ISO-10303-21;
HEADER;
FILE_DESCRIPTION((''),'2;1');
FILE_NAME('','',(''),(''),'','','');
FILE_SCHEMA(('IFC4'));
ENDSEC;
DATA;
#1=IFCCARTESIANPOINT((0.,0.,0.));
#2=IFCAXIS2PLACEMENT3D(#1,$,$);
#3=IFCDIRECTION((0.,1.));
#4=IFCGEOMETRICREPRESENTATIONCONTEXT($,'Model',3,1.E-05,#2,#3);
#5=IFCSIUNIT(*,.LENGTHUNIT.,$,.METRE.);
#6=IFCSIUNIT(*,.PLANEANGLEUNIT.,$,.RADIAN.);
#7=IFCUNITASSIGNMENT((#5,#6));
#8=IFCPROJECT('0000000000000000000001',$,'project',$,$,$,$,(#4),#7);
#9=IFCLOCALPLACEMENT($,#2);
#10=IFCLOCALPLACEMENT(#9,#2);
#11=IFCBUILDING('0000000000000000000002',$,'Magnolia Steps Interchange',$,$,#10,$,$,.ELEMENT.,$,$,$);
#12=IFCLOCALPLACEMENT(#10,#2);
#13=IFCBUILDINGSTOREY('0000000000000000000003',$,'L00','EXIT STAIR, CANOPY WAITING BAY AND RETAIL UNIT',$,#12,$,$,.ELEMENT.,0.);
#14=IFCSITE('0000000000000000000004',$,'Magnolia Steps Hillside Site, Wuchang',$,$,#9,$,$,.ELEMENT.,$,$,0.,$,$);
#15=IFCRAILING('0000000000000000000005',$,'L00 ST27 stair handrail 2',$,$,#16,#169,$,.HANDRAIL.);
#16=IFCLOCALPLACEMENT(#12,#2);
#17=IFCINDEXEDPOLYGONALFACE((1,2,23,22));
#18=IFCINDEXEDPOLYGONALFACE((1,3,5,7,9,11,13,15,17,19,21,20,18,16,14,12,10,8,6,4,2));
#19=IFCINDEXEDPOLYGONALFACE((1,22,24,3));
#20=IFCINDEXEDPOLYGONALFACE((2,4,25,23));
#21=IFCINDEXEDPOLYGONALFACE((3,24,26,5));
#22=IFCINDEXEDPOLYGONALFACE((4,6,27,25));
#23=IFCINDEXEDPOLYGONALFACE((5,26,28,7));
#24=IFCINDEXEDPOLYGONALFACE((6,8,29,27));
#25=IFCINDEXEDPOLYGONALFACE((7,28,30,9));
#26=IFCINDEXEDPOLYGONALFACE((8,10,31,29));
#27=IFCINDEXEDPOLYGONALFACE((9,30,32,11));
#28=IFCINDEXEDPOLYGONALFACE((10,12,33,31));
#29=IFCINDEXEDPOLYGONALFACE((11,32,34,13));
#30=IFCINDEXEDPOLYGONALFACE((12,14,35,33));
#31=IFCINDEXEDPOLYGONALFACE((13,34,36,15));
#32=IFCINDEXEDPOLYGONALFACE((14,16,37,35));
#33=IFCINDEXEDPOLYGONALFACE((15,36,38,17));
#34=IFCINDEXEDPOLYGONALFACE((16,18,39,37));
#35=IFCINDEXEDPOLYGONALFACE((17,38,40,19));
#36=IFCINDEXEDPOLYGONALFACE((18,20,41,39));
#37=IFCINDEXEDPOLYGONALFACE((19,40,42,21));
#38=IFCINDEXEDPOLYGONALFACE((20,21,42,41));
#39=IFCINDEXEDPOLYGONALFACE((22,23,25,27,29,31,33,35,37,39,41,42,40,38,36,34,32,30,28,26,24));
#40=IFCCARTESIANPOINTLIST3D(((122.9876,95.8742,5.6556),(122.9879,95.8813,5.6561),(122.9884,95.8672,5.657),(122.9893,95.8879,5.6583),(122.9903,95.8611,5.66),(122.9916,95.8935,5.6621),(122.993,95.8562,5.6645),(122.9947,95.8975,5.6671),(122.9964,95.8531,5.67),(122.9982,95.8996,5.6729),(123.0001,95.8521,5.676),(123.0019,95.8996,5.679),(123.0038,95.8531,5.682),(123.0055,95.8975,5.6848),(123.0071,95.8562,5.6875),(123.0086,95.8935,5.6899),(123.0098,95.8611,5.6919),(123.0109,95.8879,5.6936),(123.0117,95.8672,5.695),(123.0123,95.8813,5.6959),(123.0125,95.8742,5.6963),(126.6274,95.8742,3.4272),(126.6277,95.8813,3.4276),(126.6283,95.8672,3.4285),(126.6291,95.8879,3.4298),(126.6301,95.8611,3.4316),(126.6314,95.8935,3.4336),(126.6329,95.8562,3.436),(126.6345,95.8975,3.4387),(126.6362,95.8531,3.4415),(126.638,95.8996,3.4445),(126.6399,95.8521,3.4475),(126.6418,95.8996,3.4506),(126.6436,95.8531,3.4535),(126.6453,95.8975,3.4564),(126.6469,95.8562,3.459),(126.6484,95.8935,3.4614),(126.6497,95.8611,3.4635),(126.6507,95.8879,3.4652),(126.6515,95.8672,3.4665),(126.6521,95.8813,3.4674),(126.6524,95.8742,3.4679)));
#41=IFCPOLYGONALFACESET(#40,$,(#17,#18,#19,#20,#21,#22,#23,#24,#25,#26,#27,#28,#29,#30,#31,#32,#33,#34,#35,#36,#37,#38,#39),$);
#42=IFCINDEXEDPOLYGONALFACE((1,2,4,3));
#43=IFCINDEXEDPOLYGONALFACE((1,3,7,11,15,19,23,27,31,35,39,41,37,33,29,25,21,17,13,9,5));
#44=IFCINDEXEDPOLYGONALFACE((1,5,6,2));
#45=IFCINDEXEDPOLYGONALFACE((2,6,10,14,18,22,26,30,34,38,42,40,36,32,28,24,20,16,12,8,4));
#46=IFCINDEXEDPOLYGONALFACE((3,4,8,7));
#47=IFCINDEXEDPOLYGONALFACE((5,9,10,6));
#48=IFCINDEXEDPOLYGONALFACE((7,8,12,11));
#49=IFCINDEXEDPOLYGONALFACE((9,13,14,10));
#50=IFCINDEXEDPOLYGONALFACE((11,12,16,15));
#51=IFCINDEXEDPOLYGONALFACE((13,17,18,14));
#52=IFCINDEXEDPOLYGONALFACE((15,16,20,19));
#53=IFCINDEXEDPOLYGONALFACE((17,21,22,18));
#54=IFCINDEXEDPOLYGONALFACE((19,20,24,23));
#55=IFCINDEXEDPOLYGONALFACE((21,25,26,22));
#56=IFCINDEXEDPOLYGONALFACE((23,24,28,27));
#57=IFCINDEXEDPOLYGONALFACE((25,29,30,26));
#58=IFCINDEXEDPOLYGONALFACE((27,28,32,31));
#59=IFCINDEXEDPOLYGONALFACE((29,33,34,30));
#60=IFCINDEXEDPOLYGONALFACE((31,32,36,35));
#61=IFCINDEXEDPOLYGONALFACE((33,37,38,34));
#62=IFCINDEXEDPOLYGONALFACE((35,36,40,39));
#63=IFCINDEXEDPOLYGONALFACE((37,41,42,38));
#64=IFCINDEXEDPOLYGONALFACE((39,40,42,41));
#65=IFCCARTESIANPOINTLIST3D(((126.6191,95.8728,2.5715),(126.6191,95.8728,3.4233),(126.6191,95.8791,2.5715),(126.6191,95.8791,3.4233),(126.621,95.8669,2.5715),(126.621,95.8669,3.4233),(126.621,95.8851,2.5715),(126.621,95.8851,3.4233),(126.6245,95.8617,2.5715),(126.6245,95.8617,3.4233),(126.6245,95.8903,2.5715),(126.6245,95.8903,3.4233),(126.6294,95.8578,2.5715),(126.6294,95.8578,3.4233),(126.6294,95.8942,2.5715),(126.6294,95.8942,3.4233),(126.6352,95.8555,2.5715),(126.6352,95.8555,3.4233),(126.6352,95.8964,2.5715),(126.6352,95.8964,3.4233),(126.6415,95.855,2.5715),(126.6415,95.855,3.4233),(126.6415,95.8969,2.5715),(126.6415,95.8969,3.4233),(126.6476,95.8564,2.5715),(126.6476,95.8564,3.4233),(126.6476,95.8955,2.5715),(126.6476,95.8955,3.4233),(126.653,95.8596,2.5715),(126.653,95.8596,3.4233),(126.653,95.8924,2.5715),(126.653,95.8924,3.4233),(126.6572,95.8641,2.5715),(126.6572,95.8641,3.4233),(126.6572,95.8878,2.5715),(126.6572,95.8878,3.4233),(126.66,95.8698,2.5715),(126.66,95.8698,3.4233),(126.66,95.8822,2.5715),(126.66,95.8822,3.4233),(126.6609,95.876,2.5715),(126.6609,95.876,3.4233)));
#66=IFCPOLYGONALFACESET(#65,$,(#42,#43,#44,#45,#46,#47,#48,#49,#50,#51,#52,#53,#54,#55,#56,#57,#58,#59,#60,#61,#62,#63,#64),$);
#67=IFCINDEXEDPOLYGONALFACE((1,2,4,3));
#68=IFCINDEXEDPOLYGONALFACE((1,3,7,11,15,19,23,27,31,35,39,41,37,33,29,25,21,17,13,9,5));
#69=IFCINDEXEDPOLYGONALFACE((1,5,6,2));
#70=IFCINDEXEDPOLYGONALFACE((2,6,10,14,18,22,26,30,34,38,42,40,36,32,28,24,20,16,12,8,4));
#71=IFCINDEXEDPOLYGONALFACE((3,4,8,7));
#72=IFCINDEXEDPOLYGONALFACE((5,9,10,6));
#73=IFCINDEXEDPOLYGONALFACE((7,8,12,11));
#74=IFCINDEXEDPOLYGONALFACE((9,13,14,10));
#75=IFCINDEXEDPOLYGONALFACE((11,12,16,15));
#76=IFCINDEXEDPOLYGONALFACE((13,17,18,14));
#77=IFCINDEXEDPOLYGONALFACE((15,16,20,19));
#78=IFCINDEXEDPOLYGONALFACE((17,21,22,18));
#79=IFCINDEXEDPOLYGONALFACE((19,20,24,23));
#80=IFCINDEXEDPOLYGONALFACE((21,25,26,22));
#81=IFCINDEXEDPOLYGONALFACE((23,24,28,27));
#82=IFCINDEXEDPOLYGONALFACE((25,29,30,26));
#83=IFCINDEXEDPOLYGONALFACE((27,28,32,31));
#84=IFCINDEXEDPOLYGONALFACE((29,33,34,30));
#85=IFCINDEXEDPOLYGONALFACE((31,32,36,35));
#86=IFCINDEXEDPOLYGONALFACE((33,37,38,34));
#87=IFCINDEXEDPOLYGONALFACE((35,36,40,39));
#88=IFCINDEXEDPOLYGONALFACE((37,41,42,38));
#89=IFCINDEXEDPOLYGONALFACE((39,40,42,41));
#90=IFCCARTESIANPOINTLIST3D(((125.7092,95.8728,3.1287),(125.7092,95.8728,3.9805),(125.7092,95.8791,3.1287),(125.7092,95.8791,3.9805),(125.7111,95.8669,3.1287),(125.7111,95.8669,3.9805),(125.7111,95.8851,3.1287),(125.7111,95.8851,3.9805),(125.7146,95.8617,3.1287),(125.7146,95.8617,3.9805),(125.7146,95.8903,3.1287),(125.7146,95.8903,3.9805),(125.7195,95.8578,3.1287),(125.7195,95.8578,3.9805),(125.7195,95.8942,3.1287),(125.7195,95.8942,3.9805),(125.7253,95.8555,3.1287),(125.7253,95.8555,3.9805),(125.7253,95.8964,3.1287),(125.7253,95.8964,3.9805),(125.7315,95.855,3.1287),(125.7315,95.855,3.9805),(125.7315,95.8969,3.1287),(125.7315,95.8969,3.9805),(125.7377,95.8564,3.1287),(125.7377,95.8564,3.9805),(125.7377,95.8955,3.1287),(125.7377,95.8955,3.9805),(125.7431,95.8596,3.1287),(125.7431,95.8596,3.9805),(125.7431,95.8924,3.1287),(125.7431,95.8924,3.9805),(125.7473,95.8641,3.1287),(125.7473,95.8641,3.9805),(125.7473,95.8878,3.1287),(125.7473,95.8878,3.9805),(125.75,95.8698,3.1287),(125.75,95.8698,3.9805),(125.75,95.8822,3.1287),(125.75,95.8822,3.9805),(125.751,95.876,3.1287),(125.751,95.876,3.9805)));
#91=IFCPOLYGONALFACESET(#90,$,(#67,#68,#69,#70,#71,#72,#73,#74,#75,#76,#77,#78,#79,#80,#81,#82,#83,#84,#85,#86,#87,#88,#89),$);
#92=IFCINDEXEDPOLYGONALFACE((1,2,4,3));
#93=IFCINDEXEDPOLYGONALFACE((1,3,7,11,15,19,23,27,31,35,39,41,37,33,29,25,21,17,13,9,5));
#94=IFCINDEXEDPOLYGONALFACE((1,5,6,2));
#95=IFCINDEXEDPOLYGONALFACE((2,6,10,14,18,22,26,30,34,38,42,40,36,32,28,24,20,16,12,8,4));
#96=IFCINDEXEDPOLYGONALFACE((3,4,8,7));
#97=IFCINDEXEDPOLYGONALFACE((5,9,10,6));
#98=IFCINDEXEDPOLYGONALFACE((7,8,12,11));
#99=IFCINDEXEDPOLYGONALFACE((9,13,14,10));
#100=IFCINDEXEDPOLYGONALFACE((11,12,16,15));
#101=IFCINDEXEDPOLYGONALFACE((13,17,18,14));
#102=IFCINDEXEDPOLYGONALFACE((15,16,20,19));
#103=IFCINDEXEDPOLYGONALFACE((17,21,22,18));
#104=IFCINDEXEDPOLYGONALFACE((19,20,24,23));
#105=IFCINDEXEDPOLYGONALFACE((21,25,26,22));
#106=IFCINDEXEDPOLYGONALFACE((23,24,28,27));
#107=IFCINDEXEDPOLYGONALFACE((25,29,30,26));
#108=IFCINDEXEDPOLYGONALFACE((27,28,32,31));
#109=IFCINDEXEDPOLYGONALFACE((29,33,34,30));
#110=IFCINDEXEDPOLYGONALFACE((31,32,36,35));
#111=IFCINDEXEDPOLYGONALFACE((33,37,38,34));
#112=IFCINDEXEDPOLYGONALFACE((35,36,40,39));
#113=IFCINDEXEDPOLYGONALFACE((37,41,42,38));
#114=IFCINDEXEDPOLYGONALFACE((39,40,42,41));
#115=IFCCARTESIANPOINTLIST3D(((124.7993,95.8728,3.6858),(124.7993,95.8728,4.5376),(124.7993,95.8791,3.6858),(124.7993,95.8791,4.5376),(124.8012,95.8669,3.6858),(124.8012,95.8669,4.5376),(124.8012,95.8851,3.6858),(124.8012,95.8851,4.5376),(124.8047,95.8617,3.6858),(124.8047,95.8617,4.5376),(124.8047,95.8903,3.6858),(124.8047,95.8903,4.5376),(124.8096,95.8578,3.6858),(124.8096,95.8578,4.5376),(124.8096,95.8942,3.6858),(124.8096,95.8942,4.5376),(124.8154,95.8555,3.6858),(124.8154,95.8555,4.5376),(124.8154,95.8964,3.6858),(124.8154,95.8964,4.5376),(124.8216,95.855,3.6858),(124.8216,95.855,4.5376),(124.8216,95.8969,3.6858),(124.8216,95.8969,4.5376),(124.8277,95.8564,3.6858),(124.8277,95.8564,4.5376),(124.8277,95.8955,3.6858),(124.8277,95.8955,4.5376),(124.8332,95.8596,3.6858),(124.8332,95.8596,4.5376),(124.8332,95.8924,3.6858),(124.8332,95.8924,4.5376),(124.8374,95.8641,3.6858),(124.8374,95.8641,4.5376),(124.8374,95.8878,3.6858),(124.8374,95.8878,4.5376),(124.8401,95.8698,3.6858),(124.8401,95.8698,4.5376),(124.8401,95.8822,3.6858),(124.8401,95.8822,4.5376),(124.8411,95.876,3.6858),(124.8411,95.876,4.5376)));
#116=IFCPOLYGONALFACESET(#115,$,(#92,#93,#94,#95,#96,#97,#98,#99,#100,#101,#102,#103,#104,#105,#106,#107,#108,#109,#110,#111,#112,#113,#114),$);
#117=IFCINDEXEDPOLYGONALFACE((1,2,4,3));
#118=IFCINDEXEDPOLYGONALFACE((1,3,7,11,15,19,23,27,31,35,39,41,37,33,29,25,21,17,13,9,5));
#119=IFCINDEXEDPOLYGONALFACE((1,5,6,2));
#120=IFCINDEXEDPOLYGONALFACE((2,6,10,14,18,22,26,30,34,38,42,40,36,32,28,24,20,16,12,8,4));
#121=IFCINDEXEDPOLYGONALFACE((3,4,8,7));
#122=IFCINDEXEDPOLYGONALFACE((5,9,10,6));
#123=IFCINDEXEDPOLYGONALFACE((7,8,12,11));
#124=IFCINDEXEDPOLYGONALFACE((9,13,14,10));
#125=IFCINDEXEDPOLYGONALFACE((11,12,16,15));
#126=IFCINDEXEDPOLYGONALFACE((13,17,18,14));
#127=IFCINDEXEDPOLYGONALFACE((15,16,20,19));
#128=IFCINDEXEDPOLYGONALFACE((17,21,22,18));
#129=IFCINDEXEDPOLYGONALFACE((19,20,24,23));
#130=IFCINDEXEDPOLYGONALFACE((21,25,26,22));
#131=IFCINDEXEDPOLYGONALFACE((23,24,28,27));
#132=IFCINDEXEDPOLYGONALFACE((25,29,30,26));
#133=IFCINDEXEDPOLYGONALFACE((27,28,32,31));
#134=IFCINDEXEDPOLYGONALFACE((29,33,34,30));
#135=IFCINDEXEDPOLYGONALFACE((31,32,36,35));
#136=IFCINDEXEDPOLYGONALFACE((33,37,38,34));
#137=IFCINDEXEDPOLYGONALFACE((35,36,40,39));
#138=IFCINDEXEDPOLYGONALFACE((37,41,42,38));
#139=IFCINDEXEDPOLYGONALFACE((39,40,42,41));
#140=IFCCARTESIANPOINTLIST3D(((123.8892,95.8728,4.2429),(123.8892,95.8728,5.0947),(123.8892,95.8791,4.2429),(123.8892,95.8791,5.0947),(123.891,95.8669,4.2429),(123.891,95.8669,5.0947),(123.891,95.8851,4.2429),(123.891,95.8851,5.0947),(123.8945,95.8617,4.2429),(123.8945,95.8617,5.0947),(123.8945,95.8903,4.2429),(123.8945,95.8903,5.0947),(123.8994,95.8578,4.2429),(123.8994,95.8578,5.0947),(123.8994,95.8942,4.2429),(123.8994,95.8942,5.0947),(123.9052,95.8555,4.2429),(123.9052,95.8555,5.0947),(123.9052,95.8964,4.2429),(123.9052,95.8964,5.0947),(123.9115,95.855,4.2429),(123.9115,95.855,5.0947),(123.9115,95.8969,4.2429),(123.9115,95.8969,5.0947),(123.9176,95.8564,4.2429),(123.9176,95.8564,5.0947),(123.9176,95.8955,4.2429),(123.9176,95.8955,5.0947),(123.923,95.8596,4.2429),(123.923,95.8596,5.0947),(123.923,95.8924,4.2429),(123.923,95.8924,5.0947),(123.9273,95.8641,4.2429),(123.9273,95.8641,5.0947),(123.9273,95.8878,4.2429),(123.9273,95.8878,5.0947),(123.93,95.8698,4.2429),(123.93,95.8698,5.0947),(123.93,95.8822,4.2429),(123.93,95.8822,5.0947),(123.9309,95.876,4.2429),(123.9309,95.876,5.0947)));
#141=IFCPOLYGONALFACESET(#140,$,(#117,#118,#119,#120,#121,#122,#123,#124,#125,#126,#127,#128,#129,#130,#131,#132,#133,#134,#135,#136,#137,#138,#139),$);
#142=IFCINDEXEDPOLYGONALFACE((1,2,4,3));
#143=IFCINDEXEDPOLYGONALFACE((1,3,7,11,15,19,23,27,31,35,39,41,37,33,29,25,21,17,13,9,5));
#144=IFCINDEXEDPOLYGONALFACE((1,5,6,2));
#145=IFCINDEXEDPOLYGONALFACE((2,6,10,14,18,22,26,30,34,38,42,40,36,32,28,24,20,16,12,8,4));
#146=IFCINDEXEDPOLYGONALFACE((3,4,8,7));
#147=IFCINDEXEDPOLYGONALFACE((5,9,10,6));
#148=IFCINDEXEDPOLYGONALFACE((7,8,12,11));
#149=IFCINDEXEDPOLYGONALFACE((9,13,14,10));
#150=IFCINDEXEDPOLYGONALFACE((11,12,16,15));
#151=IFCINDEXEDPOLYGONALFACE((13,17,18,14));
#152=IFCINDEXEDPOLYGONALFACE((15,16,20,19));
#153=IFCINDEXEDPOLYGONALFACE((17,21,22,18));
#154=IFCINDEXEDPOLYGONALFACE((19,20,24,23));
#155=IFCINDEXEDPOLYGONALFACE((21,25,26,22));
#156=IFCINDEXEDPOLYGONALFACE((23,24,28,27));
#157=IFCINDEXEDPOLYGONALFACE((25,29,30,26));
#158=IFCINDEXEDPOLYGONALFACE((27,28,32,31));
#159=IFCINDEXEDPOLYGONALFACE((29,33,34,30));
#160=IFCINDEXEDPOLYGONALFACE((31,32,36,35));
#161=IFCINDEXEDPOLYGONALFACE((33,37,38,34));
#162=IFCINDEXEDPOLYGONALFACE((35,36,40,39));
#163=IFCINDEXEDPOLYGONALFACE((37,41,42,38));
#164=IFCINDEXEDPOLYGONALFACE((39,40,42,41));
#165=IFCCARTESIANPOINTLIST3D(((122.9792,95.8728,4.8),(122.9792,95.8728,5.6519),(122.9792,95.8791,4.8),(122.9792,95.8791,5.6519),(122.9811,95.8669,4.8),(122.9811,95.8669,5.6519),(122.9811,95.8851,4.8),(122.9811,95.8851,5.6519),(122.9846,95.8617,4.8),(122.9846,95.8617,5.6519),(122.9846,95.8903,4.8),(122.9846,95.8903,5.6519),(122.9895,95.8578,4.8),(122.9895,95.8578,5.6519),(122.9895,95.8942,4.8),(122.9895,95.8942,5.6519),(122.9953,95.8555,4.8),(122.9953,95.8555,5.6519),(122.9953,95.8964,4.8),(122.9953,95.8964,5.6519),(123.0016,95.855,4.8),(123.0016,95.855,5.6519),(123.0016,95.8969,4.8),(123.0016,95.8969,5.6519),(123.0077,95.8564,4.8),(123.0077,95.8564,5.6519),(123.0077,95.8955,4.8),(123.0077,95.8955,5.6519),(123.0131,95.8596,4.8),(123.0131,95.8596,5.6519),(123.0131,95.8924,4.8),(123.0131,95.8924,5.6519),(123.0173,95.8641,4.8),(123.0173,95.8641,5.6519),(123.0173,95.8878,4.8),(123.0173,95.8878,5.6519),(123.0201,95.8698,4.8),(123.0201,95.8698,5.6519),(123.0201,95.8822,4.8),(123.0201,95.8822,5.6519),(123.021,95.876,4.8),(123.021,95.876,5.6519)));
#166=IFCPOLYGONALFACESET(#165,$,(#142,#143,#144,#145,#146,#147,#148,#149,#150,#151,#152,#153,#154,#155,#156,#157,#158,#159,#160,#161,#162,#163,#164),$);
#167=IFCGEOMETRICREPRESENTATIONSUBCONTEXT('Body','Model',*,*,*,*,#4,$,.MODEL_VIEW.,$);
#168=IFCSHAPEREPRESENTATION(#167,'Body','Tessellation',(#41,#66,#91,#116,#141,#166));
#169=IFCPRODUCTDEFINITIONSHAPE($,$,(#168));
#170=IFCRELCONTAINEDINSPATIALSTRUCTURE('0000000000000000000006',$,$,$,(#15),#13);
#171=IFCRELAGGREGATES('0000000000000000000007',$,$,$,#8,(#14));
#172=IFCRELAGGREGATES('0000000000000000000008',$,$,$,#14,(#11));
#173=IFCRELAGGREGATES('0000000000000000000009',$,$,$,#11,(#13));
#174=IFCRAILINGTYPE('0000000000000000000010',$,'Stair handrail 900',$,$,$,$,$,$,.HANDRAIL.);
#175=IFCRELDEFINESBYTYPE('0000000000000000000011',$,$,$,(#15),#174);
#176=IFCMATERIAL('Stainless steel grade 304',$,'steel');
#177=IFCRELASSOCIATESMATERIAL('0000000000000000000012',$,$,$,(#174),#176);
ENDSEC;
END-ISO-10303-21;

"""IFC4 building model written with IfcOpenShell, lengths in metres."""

from ifc_helpers import new_model, si_unit, direction, frame, origin, origin_2d, place, context, subcontext, project, spatial, circle, extrude, material, type_object, element, save


model = new_model("IFC4")

# Units and contexts
model_context = context("Model", 3, precision=1e-05, world=origin(), true_north=direction((0.0, 1.0)))
body_context = subcontext(model_context, "Body", "Model", "MODEL_VIEW")
ifc_project = project(units=[si_unit("LENGTHUNIT", "METRE"), si_unit("PLANEANGLEUNIT", "RADIAN")], contexts=[model_context])

# Site, building, storey
site_placement = place(None, origin())
site = spatial("IfcSite", under=ifc_project, at=site_placement, Name="Magnolia Steps Hillside Site, Wuchang", CompositionType="ELEMENT", RefElevation=0.0)
building_placement = place(site_placement, origin())
building = spatial("IfcBuilding", under=site, at=building_placement, Name="Magnolia Steps Interchange", CompositionType="ELEMENT")
storey_placement = place(building_placement, origin())
storey = spatial("IfcBuildingStorey", under=building, at=storey_placement, Name="L00", Description="EXIT STAIR, CANOPY WAITING BAY AND RETAIL UNIT", CompositionType="ELEMENT", Elevation=0.0)

# Railing
ifc_material_1 = material(Name="Stainless steel grade 304", Category="steel")
railing_type_1 = type_object("IfcRailingType", Name="Stair handrail 900", PredefinedType="HANDRAIL", material=ifc_material_1)
railing_1_placement = place(storey_placement, frame((126.6399, 95.876, 2.5715)))
element("IfcRailing", 1, at=railing_1_placement, inside=storey, type_object=railing_type_1, Name="L00 ST27 stair handrail 2", PredefinedType="HANDRAIL", context=body_context, shape_type="SweptSolid", body=[
    extrude(circle(Radius=0.0239, at=origin_2d()), frame((0.0, 0.0, 0.876), z_axis=(-0.85285, 0.0, 0.522156), x_axis=(0.0, -1.0, 0.0)), (0.0, 0.0, 1.0), 4.2678),
    extrude(circle(Radius=0.021, at=origin_2d()), origin(), (0.0, 0.0, 1.0), 0.8518),
    extrude(circle(Radius=0.021, at=origin_2d()), frame((-0.9099, 0.0, 0.5571)), (0.0, 0.0, 1.0), 0.8518),
    extrude(circle(Radius=0.021, at=origin_2d()), frame((-1.8198, 0.0, 1.1143)), (0.0, 0.0, 1.0), 0.8518),
    extrude(circle(Radius=0.021, at=origin_2d()), frame((-2.73, 0.0, 1.6714)), (0.0, 0.0, 1.0), 0.8518),
    extrude(circle(Radius=0.021, at=origin_2d()), frame((-3.6399, 0.0, 2.2285)), (0.0, 0.0, 1.0), 0.8518),
])

save(model, "model.ifc")
